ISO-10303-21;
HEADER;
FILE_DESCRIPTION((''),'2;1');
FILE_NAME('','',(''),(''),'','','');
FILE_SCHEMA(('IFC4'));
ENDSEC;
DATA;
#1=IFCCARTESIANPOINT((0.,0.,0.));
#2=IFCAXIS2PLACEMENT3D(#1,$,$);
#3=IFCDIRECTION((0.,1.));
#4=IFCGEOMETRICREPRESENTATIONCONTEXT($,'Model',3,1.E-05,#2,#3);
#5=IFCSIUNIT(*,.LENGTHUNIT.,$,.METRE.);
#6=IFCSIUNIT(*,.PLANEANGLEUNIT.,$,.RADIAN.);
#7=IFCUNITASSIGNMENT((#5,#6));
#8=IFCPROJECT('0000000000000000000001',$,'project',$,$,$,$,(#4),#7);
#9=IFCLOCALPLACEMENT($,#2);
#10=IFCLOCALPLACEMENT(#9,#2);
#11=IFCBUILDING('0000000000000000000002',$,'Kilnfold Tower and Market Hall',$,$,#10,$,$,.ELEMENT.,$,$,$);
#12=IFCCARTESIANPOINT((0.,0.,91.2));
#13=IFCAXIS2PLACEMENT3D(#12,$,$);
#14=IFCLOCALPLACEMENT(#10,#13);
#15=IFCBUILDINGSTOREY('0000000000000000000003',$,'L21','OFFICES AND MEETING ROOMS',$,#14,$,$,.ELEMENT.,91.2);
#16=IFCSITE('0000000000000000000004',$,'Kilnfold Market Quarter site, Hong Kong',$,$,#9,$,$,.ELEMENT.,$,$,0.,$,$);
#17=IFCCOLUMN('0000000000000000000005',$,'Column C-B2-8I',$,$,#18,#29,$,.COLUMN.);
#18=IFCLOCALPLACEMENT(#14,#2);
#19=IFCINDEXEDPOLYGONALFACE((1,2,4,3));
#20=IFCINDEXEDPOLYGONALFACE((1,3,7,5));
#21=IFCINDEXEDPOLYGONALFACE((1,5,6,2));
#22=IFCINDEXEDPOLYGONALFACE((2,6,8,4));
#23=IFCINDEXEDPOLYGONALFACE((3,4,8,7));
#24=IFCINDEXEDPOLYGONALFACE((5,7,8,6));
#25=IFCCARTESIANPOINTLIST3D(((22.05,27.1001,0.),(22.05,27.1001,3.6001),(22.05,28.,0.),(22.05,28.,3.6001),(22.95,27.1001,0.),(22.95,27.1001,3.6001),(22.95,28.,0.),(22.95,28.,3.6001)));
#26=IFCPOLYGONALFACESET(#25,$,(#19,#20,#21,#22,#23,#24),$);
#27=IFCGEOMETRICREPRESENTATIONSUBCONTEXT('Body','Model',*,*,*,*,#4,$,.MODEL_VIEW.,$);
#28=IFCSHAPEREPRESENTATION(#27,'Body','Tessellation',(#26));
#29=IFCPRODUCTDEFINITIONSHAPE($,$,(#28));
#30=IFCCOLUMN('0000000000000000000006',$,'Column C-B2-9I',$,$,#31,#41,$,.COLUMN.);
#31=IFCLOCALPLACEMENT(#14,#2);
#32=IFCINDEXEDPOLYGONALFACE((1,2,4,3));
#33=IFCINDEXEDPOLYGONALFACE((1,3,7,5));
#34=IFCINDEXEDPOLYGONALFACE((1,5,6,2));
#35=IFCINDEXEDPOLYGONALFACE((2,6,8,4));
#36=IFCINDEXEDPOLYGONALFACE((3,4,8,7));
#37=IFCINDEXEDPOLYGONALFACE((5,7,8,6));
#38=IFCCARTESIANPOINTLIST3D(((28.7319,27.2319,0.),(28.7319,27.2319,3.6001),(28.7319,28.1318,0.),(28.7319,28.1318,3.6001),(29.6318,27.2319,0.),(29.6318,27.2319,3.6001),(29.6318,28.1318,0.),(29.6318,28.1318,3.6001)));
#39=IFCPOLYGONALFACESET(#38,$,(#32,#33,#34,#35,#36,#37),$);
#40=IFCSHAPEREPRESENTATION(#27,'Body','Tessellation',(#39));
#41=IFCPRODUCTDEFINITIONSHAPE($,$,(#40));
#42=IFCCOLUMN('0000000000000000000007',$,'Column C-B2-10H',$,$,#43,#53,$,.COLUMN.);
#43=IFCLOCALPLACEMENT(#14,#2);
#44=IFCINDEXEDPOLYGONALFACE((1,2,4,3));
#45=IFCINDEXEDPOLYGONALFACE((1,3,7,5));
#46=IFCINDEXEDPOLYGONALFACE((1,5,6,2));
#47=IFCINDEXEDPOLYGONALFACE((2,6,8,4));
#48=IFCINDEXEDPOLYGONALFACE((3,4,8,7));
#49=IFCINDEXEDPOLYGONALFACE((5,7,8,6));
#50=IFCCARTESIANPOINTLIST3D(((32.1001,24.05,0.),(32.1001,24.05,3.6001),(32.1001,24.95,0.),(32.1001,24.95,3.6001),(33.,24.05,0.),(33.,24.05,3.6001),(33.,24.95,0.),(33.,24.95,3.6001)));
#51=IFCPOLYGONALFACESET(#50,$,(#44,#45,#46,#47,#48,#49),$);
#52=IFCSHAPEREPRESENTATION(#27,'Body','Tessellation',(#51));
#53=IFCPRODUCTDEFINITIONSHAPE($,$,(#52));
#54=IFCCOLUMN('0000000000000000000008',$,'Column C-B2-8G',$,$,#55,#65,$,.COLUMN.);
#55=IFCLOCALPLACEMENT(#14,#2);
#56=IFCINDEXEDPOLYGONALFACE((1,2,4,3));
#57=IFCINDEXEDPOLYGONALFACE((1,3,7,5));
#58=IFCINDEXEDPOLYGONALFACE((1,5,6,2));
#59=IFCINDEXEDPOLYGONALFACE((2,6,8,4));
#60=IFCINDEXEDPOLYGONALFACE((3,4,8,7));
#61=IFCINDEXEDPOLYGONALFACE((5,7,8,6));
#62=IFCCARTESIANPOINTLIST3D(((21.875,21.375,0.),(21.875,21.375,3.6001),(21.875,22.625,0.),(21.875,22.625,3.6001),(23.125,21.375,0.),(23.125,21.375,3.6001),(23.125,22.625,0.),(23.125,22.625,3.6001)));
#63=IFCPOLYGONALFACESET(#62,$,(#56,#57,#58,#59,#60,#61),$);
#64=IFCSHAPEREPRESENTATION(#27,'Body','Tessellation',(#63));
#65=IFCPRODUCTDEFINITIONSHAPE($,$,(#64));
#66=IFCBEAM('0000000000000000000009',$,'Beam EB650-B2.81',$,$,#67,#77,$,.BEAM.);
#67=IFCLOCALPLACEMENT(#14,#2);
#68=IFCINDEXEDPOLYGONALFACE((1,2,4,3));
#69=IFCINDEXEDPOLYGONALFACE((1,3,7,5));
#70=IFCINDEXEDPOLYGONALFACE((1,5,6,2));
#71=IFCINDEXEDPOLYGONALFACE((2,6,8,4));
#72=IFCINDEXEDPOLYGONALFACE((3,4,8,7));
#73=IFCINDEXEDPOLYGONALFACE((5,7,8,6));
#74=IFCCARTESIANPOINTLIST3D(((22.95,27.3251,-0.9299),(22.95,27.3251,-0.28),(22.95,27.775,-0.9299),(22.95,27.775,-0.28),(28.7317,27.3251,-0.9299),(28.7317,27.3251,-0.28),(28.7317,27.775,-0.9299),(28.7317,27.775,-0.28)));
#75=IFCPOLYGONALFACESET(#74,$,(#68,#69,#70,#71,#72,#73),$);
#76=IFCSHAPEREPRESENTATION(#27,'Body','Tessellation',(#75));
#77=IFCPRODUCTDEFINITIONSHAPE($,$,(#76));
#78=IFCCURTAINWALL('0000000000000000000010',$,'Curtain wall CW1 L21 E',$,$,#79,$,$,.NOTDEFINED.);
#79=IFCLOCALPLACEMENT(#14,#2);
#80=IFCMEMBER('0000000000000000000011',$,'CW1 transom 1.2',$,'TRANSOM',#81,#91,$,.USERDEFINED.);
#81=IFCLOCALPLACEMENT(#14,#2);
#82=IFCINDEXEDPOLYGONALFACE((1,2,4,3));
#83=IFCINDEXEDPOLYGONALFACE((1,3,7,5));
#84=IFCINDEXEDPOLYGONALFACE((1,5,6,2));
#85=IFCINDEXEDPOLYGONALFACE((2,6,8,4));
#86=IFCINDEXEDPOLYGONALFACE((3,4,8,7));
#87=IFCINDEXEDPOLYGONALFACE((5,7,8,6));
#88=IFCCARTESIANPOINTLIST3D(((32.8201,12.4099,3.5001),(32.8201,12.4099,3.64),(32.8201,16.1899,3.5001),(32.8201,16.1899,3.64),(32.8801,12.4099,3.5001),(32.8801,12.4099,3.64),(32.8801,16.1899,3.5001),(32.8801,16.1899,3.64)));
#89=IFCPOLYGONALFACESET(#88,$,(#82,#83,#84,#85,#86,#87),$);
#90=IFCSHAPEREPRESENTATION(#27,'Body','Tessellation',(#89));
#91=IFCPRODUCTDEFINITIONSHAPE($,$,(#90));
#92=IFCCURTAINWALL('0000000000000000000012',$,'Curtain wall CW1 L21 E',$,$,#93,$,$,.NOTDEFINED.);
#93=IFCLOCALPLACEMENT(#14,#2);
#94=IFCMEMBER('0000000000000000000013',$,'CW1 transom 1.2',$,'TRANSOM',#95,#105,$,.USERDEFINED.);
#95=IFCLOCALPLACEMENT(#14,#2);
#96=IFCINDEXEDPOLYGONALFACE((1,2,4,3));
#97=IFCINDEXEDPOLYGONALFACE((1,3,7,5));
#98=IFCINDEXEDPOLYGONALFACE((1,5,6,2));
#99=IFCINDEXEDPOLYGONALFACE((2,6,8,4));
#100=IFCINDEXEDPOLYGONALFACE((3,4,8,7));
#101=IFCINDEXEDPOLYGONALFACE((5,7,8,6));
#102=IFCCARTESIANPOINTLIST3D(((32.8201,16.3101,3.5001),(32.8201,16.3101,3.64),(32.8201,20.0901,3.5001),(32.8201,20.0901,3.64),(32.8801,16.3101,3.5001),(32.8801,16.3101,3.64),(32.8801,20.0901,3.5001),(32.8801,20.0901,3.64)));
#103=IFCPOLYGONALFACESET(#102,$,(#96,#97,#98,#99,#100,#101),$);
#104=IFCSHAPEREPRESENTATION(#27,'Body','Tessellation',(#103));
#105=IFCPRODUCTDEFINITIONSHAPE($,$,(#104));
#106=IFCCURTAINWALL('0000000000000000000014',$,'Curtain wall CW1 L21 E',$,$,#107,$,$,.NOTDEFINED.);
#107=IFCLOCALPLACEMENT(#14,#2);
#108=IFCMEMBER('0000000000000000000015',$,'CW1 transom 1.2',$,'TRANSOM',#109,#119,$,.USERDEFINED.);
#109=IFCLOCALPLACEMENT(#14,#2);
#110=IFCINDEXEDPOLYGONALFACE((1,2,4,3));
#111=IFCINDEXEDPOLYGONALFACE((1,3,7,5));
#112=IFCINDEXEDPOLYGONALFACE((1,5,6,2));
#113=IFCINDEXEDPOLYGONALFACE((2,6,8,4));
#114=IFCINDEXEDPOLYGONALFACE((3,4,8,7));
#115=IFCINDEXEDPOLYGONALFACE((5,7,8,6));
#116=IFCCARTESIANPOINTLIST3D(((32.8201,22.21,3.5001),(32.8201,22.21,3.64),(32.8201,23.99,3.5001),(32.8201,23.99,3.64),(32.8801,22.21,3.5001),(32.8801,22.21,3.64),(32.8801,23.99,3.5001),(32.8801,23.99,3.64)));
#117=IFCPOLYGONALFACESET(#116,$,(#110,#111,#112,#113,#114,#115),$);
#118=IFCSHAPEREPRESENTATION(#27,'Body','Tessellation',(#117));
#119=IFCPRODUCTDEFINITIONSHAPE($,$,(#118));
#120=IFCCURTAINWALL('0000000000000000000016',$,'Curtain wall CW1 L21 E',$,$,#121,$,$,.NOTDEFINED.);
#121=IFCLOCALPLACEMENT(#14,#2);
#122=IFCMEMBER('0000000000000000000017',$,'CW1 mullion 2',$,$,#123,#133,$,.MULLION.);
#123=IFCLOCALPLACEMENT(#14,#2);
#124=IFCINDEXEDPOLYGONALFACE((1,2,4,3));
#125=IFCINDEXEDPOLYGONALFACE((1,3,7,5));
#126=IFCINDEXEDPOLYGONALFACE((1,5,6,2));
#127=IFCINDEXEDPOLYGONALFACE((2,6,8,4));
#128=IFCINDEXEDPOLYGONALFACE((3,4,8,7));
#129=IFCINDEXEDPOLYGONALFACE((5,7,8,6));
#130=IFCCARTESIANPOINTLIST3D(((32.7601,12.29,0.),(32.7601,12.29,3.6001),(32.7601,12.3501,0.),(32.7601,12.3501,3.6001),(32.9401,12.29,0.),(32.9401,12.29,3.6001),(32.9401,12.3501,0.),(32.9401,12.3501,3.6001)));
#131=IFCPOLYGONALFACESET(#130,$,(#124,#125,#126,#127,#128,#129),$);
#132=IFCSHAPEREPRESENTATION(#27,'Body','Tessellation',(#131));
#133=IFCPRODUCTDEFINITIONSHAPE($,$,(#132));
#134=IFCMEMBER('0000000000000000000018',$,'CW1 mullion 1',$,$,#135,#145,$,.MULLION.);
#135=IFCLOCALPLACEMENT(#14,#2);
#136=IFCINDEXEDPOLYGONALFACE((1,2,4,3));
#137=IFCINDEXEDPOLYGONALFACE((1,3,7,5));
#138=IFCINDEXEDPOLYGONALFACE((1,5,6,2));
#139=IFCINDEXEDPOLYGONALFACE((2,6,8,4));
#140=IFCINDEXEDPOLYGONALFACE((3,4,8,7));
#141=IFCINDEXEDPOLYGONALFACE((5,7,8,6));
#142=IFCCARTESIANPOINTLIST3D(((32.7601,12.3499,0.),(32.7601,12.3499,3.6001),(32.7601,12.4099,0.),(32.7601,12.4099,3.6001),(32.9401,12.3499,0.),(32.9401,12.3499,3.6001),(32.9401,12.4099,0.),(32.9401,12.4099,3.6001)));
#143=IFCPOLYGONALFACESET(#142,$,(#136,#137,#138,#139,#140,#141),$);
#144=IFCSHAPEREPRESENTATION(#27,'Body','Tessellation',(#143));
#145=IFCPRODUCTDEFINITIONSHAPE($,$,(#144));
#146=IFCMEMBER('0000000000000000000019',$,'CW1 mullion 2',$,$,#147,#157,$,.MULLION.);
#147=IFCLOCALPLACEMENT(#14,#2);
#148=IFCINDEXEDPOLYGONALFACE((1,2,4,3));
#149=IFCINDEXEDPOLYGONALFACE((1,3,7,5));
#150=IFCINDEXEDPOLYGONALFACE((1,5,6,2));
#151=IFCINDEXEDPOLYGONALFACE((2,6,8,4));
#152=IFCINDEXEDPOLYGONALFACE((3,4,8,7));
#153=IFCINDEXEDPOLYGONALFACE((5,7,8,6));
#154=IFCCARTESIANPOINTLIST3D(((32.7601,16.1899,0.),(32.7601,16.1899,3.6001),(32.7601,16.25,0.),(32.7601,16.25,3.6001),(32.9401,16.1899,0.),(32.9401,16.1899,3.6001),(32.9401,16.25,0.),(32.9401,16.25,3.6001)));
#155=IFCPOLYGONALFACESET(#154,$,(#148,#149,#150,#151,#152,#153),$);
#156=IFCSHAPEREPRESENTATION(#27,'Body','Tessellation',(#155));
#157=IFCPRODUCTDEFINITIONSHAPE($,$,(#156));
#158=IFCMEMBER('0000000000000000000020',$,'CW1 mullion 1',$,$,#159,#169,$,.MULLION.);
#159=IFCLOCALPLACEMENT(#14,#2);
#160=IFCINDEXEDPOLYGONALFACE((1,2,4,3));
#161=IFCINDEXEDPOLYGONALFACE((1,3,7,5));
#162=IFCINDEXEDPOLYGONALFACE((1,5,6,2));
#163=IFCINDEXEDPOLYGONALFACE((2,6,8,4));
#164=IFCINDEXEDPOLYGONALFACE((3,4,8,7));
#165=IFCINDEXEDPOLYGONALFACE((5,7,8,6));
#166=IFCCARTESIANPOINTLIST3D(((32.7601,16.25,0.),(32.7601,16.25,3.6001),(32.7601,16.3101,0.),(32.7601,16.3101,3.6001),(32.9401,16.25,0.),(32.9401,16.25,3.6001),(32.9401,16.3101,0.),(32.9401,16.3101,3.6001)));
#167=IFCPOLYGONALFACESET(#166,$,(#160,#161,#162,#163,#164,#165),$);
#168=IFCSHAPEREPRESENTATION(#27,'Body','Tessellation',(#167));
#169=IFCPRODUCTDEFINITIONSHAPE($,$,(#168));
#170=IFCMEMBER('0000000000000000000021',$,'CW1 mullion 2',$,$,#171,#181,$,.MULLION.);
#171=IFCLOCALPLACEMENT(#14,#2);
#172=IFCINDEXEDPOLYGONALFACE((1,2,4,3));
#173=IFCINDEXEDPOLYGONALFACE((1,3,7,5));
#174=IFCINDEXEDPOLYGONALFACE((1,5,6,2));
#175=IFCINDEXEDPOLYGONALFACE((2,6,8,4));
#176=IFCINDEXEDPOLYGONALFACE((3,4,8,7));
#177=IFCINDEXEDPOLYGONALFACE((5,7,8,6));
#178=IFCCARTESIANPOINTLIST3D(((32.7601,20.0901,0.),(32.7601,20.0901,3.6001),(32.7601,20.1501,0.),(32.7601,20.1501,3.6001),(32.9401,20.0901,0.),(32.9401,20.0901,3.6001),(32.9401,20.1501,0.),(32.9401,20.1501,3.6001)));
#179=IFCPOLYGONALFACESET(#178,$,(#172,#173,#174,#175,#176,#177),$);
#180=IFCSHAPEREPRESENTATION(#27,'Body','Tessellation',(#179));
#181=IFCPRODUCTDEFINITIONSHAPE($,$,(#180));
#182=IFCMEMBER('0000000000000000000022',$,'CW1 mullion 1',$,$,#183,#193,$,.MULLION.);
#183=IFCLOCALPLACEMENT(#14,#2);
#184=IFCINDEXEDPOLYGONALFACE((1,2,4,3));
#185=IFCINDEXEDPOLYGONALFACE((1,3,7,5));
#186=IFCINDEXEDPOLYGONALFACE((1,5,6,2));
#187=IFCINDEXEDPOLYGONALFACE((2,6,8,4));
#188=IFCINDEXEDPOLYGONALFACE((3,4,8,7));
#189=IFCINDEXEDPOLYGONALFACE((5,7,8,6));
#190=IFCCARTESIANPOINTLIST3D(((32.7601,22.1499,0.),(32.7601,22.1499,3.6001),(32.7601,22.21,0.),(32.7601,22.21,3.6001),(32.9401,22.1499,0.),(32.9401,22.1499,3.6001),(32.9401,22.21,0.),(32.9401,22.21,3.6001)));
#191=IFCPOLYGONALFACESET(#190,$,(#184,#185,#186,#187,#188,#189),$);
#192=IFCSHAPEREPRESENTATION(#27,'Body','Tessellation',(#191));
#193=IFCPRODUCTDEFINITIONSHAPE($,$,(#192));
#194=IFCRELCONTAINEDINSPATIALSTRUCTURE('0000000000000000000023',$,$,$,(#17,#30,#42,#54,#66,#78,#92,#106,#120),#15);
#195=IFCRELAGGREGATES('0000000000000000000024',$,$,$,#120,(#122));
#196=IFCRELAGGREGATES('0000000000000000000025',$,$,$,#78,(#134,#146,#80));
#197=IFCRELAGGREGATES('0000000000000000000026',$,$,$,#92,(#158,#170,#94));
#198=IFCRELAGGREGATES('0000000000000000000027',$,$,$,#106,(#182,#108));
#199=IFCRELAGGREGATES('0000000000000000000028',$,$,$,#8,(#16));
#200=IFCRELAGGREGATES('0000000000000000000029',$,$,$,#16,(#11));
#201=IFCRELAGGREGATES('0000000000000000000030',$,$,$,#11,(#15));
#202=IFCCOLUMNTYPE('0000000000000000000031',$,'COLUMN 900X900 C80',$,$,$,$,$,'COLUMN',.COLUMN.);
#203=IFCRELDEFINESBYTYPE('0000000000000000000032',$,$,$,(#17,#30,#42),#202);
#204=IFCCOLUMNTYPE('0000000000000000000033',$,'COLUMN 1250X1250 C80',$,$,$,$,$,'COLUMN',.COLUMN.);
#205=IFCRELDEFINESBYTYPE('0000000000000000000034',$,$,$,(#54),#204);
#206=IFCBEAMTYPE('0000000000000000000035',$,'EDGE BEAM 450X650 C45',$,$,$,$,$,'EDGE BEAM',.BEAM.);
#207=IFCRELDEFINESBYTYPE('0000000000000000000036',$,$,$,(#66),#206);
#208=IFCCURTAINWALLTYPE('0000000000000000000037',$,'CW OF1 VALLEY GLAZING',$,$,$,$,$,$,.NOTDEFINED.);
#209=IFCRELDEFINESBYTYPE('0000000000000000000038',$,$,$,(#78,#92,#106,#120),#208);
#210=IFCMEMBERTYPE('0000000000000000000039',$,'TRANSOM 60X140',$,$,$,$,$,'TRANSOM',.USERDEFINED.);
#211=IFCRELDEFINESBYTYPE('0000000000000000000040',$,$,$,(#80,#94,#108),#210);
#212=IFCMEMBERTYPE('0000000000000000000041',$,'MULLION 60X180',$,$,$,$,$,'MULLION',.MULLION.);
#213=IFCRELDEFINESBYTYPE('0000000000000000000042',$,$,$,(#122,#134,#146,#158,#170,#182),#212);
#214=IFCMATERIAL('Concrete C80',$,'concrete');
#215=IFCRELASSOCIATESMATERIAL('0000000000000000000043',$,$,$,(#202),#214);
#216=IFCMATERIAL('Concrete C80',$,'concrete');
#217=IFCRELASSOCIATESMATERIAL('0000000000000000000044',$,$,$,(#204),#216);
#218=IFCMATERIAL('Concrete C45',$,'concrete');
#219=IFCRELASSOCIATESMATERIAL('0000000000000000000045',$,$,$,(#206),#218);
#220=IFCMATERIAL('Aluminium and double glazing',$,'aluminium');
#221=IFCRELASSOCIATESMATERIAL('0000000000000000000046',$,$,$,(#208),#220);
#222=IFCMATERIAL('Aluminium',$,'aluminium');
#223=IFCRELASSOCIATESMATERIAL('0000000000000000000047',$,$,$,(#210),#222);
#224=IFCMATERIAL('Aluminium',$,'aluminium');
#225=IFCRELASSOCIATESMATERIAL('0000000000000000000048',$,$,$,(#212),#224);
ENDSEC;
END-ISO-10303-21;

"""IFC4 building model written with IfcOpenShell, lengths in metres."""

from ifc_helpers import new_model, si_unit, direction, frame, origin, origin_2d, place, context, subcontext, project, spatial, rectangle, extrude, source, transform, mapped, material, material_profile, profile_set, type_object, element, aggregate, save


model = new_model("IFC4")

# Units and contexts
model_context = context("Model", 3, precision=1e-05, world=origin(), true_north=direction((0.0, 1.0)))
body_context = subcontext(model_context, "Body", "Model", "MODEL_VIEW")
ifc_project = project(units=[si_unit("LENGTHUNIT", "METRE"), si_unit("PLANEANGLEUNIT", "RADIAN")], contexts=[model_context])

# Site, building, storey
site_placement = place(None, origin())
site = spatial("IfcSite", under=ifc_project, at=site_placement, Name="Kilnfold Market Quarter site, Hong Kong", CompositionType="ELEMENT", RefElevation=0.0)
building_placement = place(site_placement, origin())
building = spatial("IfcBuilding", under=site, at=building_placement, Name="Kilnfold Tower and Market Hall", CompositionType="ELEMENT")
storey_placement = place(building_placement, frame((0.0, 0.0, 91.2)))
storey = spatial("IfcBuildingStorey", under=building, at=storey_placement, Name="L21", Description="OFFICES AND MEETING ROOMS", CompositionType="ELEMENT", Elevation=91.2)

# Columns
ifc_material_1 = material(Name="Concrete C80", Category="concrete")
ifc_material_profile_1 = material_profile(ifc_material_1, rectangle(XDim=0.8999, YDim=0.8999, at=origin_2d()), Name="RC 900x900")
ifc_profile_set_1 = profile_set([ifc_material_profile_1], Name="Concrete C80")
column_type_1 = type_object("IfcColumnType", Name="COLUMN 900X900 C80", ElementType="COLUMN", PredefinedType="COLUMN", material=ifc_profile_set_1)
shared_shape_1 = source(origin(), body_context, "Body", "SweptSolid", [
    extrude(rectangle(XDim=0.8999, YDim=0.8999, at=origin_2d()), origin(), (0.0, 0.0, 1.0), 3.6001),
])
for number, where, z_axis, x_axis, name in (
    (1, (22.5, 27.55, 0.0), (0.0, 0.0, 1.0), (1.0, 0.0, 0.0), "Column C-B2-8I"),
    (2, (29.1819, 27.6819, 0.0), (0.0, 0.0, 1.0), (1.0, 0.0, 0.0), "Column C-B2-9I"),
    (3, (32.55, 24.5, 0.0), (0.0, 0.0, 1.0), (1.0, 0.0, 0.0), "Column C-B2-10H"),
):
    element("IfcColumn", number, at=place(storey_placement, frame(where, z_axis=z_axis, x_axis=x_axis)), inside=storey, type_object=column_type_1, Name=name, PredefinedType="COLUMN", context=body_context, shape_type="MappedRepresentation", body=[
        mapped(shared_shape_1, transform((0.0, 0.0, 0.0))),
    ])
ifc_material_2 = material(Name="Concrete C80", Category="concrete")
ifc_material_profile_2 = material_profile(ifc_material_2, rectangle(XDim=1.25, YDim=1.25, at=origin_2d()), Name="RC 1250x1250")
ifc_profile_set_2 = profile_set([ifc_material_profile_2], Name="Concrete C80")
column_type_2 = type_object("IfcColumnType", Name="COLUMN 1250X1250 C80", ElementType="COLUMN", PredefinedType="COLUMN", material=ifc_profile_set_2)
shared_shape_2 = source(origin(), body_context, "Body", "SweptSolid", [
    extrude(rectangle(XDim=1.25, YDim=1.25, at=origin_2d()), origin(), (0.0, 0.0, 1.0), 3.6001),
])
column_placement = place(storey_placement, frame((22.5, 22.0, 0.0), z_axis=(0.0, 0.0, 1.0), x_axis=(1.0, 0.0, 0.0)))
element("IfcColumn", 4, at=column_placement, inside=storey, type_object=column_type_2, Name="Column C-B2-8G", PredefinedType="COLUMN", context=body_context, shape_type="MappedRepresentation", body=[
    mapped(shared_shape_2, transform((0.0, 0.0, 0.0))),
])

# Beam
ifc_material_3 = material(Name="Concrete C45", Category="concrete")
ifc_material_profile_3 = material_profile(ifc_material_3, rectangle(XDim=0.45, YDim=0.6499, at=origin_2d()), Name="RC 450x650")
ifc_profile_set_3 = profile_set([ifc_material_profile_3], Name="Concrete C45")
beam_type = type_object("IfcBeamType", Name="EDGE BEAM 450X650 C45", ElementType="EDGE BEAM", PredefinedType="BEAM", material=ifc_profile_set_3)
shared_shape_3 = source(origin(), body_context, "Body", "SweptSolid", [
    extrude(rectangle(XDim=0.45, YDim=0.6499, at=origin_2d()), origin(), (0.0, 0.0, 1.0), 5.7817),
])
beam_placement = place(storey_placement, frame((22.95, 27.55, -0.605), z_axis=(1.0, 0.0, 0.0), x_axis=(0.0, 1.0, 0.0)))
element("IfcBeam", 5, at=beam_placement, inside=storey, type_object=beam_type, Name="Beam EB650-B2.81", PredefinedType="BEAM", context=body_context, shape_type="MappedRepresentation", body=[
    mapped(shared_shape_3, transform((0.0, 0.0, 0.0))),
])

# Curtain walls, members
ifc_material_4 = material(Name="Aluminium and double glazing", Category="aluminium")
curtain_wall_type = type_object("IfcCurtainWallType", Name="CW OF1 VALLEY GLAZING", PredefinedType="NOTDEFINED", material=ifc_material_4)
curtain_wall_1_placement = place(storey_placement, origin())
curtain_wall_1 = element("IfcCurtainWall", 6, at=curtain_wall_1_placement, inside=storey, type_object=curtain_wall_type, Name="Curtain wall CW1 L21 E", PredefinedType="NOTDEFINED")
ifc_material_5 = material(Name="Aluminium", Category="aluminium")
ifc_material_profile_4 = material_profile(ifc_material_5, rectangle(XDim=0.0601, YDim=0.1399, at=origin_2d()), Name="TRANSOM 60x140")
ifc_profile_set_4 = profile_set([ifc_material_profile_4], Name="Aluminium")
member_type_1 = type_object("IfcMemberType", Name="TRANSOM 60X140", ElementType="TRANSOM", PredefinedType="USERDEFINED", material=ifc_profile_set_4)
shared_shape_4 = source(origin(), body_context, "Body", "SweptSolid", [
    extrude(rectangle(XDim=0.0601, YDim=0.1399, at=origin_2d()), origin(), (0.0, 0.0, 1.0), 3.78),
])
member_1_placement = place(storey_placement, frame((32.8501, 12.4099, 3.5701), z_axis=(0.0, 1.0, 0.0), x_axis=(-1.0, 0.0, 0.0)))
member_1 = element("IfcMember", 7, at=member_1_placement, type_object=member_type_1, Name="CW1 transom 1.2", ObjectType="TRANSOM", PredefinedType="USERDEFINED", context=body_context, shape_type="MappedRepresentation", body=[
    mapped(shared_shape_4, transform((0.0, 0.0, 0.0))),
])
curtain_wall_2_placement = place(storey_placement, origin())
curtain_wall_2 = element("IfcCurtainWall", 8, at=curtain_wall_2_placement, inside=storey, type_object=curtain_wall_type, Name="Curtain wall CW1 L21 E", PredefinedType="NOTDEFINED")
member_2_placement = place(storey_placement, frame((32.8501, 16.3101, 3.5701), z_axis=(0.0, 1.0, 0.0), x_axis=(-1.0, 0.0, 0.0)))
member_2 = element("IfcMember", 9, at=member_2_placement, type_object=member_type_1, Name="CW1 transom 1.2", ObjectType="TRANSOM", PredefinedType="USERDEFINED", context=body_context, shape_type="MappedRepresentation", body=[
    mapped(shared_shape_4, transform((0.0, 0.0, 0.0))),
])
curtain_wall_3_placement = place(storey_placement, origin())
curtain_wall_3 = element("IfcCurtainWall", 10, at=curtain_wall_3_placement, inside=storey, type_object=curtain_wall_type, Name="Curtain wall CW1 L21 E", PredefinedType="NOTDEFINED")
shared_shape_5 = source(origin(), body_context, "Body", "SweptSolid", [
    extrude(rectangle(XDim=0.0601, YDim=0.1399, at=origin_2d()), origin(), (0.0, 0.0, 1.0), 1.78),
])
member_3_placement = place(storey_placement, frame((32.8501, 22.21, 3.5701), z_axis=(0.0, 1.0, 0.0), x_axis=(-1.0, 0.0, 0.0)))
member_3 = element("IfcMember", 11, at=member_3_placement, type_object=member_type_1, Name="CW1 transom 1.2", ObjectType="TRANSOM", PredefinedType="USERDEFINED", context=body_context, shape_type="MappedRepresentation", body=[
    mapped(shared_shape_5, transform((0.0, 0.0, 0.0))),
])
curtain_wall_4_placement = place(storey_placement, origin())
curtain_wall_4 = element("IfcCurtainWall", 12, at=curtain_wall_4_placement, inside=storey, type_object=curtain_wall_type, Name="Curtain wall CW1 L21 E", PredefinedType="NOTDEFINED")
ifc_material_6 = material(Name="Aluminium", Category="aluminium")
ifc_material_profile_5 = material_profile(ifc_material_6, rectangle(XDim=0.0601, YDim=0.1799, at=origin_2d()), Name="MULLION 60x180")
ifc_profile_set_5 = profile_set([ifc_material_profile_5], Name="Aluminium")
member_type_2 = type_object("IfcMemberType", Name="MULLION 60X180", ElementType="MULLION", PredefinedType="MULLION", material=ifc_profile_set_5)
shared_shape_6 = source(origin(), body_context, "Body", "SweptSolid", [
    extrude(rectangle(XDim=0.0601, YDim=0.1799, at=origin_2d()), origin(), (0.0, 0.0, 1.0), 3.6001),
])
member_4_placement = place(storey_placement, frame((32.8501, 12.3201, 0.0), z_axis=(0.0, 0.0, 1.0), x_axis=(0.0, 1.0, 0.0)))
member_4 = element("IfcMember", 13, at=member_4_placement, type_object=member_type_2, Name="CW1 mullion 2", PredefinedType="MULLION", context=body_context, shape_type="MappedRepresentation", body=[
    mapped(shared_shape_6, transform((0.0, 0.0, 0.0))),
])

# Members
member_5_placement = place(storey_placement, frame((32.8501, 12.3799, 0.0), z_axis=(0.0, 0.0, 1.0), x_axis=(0.0, 1.0, 0.0)))
member_5 = element("IfcMember", 14, at=member_5_placement, type_object=member_type_2, Name="CW1 mullion 1", PredefinedType="MULLION", context=body_context, shape_type="MappedRepresentation", body=[
    mapped(shared_shape_6, transform((0.0, 0.0, 0.0))),
])
member_6_placement = place(storey_placement, frame((32.8501, 16.22, 0.0), z_axis=(0.0, 0.0, 1.0), x_axis=(0.0, 1.0, 0.0)))
member_6 = element("IfcMember", 15, at=member_6_placement, type_object=member_type_2, Name="CW1 mullion 2", PredefinedType="MULLION", context=body_context, shape_type="MappedRepresentation", body=[
    mapped(shared_shape_6, transform((0.0, 0.0, 0.0))),
])
member_7_placement = place(storey_placement, frame((32.8501, 16.28, 0.0), z_axis=(0.0, 0.0, 1.0), x_axis=(0.0, 1.0, 0.0)))
member_7 = element("IfcMember", 16, at=member_7_placement, type_object=member_type_2, Name="CW1 mullion 1", PredefinedType="MULLION", context=body_context, shape_type="MappedRepresentation", body=[
    mapped(shared_shape_6, transform((0.0, 0.0, 0.0))),
])
member_8_placement = place(storey_placement, frame((32.8501, 20.1201, 0.0), z_axis=(0.0, 0.0, 1.0), x_axis=(0.0, 1.0, 0.0)))
member_8 = element("IfcMember", 17, at=member_8_placement, type_object=member_type_2, Name="CW1 mullion 2", PredefinedType="MULLION", context=body_context, shape_type="MappedRepresentation", body=[
    mapped(shared_shape_6, transform((0.0, 0.0, 0.0))),
])
member_9_placement = place(storey_placement, frame((32.8501, 22.1799, 0.0), z_axis=(0.0, 0.0, 1.0), x_axis=(0.0, 1.0, 0.0)))
member_9 = element("IfcMember", 18, at=member_9_placement, type_object=member_type_2, Name="CW1 mullion 1", PredefinedType="MULLION", context=body_context, shape_type="MappedRepresentation", body=[
    mapped(shared_shape_6, transform((0.0, 0.0, 0.0))),
])

aggregate(curtain_wall_4, [member_4])
aggregate(curtain_wall_1, [member_5, member_6, member_1])
aggregate(curtain_wall_2, [member_7, member_8, member_2])
aggregate(curtain_wall_3, [member_9, member_3])

save(model, "model.ifc")
